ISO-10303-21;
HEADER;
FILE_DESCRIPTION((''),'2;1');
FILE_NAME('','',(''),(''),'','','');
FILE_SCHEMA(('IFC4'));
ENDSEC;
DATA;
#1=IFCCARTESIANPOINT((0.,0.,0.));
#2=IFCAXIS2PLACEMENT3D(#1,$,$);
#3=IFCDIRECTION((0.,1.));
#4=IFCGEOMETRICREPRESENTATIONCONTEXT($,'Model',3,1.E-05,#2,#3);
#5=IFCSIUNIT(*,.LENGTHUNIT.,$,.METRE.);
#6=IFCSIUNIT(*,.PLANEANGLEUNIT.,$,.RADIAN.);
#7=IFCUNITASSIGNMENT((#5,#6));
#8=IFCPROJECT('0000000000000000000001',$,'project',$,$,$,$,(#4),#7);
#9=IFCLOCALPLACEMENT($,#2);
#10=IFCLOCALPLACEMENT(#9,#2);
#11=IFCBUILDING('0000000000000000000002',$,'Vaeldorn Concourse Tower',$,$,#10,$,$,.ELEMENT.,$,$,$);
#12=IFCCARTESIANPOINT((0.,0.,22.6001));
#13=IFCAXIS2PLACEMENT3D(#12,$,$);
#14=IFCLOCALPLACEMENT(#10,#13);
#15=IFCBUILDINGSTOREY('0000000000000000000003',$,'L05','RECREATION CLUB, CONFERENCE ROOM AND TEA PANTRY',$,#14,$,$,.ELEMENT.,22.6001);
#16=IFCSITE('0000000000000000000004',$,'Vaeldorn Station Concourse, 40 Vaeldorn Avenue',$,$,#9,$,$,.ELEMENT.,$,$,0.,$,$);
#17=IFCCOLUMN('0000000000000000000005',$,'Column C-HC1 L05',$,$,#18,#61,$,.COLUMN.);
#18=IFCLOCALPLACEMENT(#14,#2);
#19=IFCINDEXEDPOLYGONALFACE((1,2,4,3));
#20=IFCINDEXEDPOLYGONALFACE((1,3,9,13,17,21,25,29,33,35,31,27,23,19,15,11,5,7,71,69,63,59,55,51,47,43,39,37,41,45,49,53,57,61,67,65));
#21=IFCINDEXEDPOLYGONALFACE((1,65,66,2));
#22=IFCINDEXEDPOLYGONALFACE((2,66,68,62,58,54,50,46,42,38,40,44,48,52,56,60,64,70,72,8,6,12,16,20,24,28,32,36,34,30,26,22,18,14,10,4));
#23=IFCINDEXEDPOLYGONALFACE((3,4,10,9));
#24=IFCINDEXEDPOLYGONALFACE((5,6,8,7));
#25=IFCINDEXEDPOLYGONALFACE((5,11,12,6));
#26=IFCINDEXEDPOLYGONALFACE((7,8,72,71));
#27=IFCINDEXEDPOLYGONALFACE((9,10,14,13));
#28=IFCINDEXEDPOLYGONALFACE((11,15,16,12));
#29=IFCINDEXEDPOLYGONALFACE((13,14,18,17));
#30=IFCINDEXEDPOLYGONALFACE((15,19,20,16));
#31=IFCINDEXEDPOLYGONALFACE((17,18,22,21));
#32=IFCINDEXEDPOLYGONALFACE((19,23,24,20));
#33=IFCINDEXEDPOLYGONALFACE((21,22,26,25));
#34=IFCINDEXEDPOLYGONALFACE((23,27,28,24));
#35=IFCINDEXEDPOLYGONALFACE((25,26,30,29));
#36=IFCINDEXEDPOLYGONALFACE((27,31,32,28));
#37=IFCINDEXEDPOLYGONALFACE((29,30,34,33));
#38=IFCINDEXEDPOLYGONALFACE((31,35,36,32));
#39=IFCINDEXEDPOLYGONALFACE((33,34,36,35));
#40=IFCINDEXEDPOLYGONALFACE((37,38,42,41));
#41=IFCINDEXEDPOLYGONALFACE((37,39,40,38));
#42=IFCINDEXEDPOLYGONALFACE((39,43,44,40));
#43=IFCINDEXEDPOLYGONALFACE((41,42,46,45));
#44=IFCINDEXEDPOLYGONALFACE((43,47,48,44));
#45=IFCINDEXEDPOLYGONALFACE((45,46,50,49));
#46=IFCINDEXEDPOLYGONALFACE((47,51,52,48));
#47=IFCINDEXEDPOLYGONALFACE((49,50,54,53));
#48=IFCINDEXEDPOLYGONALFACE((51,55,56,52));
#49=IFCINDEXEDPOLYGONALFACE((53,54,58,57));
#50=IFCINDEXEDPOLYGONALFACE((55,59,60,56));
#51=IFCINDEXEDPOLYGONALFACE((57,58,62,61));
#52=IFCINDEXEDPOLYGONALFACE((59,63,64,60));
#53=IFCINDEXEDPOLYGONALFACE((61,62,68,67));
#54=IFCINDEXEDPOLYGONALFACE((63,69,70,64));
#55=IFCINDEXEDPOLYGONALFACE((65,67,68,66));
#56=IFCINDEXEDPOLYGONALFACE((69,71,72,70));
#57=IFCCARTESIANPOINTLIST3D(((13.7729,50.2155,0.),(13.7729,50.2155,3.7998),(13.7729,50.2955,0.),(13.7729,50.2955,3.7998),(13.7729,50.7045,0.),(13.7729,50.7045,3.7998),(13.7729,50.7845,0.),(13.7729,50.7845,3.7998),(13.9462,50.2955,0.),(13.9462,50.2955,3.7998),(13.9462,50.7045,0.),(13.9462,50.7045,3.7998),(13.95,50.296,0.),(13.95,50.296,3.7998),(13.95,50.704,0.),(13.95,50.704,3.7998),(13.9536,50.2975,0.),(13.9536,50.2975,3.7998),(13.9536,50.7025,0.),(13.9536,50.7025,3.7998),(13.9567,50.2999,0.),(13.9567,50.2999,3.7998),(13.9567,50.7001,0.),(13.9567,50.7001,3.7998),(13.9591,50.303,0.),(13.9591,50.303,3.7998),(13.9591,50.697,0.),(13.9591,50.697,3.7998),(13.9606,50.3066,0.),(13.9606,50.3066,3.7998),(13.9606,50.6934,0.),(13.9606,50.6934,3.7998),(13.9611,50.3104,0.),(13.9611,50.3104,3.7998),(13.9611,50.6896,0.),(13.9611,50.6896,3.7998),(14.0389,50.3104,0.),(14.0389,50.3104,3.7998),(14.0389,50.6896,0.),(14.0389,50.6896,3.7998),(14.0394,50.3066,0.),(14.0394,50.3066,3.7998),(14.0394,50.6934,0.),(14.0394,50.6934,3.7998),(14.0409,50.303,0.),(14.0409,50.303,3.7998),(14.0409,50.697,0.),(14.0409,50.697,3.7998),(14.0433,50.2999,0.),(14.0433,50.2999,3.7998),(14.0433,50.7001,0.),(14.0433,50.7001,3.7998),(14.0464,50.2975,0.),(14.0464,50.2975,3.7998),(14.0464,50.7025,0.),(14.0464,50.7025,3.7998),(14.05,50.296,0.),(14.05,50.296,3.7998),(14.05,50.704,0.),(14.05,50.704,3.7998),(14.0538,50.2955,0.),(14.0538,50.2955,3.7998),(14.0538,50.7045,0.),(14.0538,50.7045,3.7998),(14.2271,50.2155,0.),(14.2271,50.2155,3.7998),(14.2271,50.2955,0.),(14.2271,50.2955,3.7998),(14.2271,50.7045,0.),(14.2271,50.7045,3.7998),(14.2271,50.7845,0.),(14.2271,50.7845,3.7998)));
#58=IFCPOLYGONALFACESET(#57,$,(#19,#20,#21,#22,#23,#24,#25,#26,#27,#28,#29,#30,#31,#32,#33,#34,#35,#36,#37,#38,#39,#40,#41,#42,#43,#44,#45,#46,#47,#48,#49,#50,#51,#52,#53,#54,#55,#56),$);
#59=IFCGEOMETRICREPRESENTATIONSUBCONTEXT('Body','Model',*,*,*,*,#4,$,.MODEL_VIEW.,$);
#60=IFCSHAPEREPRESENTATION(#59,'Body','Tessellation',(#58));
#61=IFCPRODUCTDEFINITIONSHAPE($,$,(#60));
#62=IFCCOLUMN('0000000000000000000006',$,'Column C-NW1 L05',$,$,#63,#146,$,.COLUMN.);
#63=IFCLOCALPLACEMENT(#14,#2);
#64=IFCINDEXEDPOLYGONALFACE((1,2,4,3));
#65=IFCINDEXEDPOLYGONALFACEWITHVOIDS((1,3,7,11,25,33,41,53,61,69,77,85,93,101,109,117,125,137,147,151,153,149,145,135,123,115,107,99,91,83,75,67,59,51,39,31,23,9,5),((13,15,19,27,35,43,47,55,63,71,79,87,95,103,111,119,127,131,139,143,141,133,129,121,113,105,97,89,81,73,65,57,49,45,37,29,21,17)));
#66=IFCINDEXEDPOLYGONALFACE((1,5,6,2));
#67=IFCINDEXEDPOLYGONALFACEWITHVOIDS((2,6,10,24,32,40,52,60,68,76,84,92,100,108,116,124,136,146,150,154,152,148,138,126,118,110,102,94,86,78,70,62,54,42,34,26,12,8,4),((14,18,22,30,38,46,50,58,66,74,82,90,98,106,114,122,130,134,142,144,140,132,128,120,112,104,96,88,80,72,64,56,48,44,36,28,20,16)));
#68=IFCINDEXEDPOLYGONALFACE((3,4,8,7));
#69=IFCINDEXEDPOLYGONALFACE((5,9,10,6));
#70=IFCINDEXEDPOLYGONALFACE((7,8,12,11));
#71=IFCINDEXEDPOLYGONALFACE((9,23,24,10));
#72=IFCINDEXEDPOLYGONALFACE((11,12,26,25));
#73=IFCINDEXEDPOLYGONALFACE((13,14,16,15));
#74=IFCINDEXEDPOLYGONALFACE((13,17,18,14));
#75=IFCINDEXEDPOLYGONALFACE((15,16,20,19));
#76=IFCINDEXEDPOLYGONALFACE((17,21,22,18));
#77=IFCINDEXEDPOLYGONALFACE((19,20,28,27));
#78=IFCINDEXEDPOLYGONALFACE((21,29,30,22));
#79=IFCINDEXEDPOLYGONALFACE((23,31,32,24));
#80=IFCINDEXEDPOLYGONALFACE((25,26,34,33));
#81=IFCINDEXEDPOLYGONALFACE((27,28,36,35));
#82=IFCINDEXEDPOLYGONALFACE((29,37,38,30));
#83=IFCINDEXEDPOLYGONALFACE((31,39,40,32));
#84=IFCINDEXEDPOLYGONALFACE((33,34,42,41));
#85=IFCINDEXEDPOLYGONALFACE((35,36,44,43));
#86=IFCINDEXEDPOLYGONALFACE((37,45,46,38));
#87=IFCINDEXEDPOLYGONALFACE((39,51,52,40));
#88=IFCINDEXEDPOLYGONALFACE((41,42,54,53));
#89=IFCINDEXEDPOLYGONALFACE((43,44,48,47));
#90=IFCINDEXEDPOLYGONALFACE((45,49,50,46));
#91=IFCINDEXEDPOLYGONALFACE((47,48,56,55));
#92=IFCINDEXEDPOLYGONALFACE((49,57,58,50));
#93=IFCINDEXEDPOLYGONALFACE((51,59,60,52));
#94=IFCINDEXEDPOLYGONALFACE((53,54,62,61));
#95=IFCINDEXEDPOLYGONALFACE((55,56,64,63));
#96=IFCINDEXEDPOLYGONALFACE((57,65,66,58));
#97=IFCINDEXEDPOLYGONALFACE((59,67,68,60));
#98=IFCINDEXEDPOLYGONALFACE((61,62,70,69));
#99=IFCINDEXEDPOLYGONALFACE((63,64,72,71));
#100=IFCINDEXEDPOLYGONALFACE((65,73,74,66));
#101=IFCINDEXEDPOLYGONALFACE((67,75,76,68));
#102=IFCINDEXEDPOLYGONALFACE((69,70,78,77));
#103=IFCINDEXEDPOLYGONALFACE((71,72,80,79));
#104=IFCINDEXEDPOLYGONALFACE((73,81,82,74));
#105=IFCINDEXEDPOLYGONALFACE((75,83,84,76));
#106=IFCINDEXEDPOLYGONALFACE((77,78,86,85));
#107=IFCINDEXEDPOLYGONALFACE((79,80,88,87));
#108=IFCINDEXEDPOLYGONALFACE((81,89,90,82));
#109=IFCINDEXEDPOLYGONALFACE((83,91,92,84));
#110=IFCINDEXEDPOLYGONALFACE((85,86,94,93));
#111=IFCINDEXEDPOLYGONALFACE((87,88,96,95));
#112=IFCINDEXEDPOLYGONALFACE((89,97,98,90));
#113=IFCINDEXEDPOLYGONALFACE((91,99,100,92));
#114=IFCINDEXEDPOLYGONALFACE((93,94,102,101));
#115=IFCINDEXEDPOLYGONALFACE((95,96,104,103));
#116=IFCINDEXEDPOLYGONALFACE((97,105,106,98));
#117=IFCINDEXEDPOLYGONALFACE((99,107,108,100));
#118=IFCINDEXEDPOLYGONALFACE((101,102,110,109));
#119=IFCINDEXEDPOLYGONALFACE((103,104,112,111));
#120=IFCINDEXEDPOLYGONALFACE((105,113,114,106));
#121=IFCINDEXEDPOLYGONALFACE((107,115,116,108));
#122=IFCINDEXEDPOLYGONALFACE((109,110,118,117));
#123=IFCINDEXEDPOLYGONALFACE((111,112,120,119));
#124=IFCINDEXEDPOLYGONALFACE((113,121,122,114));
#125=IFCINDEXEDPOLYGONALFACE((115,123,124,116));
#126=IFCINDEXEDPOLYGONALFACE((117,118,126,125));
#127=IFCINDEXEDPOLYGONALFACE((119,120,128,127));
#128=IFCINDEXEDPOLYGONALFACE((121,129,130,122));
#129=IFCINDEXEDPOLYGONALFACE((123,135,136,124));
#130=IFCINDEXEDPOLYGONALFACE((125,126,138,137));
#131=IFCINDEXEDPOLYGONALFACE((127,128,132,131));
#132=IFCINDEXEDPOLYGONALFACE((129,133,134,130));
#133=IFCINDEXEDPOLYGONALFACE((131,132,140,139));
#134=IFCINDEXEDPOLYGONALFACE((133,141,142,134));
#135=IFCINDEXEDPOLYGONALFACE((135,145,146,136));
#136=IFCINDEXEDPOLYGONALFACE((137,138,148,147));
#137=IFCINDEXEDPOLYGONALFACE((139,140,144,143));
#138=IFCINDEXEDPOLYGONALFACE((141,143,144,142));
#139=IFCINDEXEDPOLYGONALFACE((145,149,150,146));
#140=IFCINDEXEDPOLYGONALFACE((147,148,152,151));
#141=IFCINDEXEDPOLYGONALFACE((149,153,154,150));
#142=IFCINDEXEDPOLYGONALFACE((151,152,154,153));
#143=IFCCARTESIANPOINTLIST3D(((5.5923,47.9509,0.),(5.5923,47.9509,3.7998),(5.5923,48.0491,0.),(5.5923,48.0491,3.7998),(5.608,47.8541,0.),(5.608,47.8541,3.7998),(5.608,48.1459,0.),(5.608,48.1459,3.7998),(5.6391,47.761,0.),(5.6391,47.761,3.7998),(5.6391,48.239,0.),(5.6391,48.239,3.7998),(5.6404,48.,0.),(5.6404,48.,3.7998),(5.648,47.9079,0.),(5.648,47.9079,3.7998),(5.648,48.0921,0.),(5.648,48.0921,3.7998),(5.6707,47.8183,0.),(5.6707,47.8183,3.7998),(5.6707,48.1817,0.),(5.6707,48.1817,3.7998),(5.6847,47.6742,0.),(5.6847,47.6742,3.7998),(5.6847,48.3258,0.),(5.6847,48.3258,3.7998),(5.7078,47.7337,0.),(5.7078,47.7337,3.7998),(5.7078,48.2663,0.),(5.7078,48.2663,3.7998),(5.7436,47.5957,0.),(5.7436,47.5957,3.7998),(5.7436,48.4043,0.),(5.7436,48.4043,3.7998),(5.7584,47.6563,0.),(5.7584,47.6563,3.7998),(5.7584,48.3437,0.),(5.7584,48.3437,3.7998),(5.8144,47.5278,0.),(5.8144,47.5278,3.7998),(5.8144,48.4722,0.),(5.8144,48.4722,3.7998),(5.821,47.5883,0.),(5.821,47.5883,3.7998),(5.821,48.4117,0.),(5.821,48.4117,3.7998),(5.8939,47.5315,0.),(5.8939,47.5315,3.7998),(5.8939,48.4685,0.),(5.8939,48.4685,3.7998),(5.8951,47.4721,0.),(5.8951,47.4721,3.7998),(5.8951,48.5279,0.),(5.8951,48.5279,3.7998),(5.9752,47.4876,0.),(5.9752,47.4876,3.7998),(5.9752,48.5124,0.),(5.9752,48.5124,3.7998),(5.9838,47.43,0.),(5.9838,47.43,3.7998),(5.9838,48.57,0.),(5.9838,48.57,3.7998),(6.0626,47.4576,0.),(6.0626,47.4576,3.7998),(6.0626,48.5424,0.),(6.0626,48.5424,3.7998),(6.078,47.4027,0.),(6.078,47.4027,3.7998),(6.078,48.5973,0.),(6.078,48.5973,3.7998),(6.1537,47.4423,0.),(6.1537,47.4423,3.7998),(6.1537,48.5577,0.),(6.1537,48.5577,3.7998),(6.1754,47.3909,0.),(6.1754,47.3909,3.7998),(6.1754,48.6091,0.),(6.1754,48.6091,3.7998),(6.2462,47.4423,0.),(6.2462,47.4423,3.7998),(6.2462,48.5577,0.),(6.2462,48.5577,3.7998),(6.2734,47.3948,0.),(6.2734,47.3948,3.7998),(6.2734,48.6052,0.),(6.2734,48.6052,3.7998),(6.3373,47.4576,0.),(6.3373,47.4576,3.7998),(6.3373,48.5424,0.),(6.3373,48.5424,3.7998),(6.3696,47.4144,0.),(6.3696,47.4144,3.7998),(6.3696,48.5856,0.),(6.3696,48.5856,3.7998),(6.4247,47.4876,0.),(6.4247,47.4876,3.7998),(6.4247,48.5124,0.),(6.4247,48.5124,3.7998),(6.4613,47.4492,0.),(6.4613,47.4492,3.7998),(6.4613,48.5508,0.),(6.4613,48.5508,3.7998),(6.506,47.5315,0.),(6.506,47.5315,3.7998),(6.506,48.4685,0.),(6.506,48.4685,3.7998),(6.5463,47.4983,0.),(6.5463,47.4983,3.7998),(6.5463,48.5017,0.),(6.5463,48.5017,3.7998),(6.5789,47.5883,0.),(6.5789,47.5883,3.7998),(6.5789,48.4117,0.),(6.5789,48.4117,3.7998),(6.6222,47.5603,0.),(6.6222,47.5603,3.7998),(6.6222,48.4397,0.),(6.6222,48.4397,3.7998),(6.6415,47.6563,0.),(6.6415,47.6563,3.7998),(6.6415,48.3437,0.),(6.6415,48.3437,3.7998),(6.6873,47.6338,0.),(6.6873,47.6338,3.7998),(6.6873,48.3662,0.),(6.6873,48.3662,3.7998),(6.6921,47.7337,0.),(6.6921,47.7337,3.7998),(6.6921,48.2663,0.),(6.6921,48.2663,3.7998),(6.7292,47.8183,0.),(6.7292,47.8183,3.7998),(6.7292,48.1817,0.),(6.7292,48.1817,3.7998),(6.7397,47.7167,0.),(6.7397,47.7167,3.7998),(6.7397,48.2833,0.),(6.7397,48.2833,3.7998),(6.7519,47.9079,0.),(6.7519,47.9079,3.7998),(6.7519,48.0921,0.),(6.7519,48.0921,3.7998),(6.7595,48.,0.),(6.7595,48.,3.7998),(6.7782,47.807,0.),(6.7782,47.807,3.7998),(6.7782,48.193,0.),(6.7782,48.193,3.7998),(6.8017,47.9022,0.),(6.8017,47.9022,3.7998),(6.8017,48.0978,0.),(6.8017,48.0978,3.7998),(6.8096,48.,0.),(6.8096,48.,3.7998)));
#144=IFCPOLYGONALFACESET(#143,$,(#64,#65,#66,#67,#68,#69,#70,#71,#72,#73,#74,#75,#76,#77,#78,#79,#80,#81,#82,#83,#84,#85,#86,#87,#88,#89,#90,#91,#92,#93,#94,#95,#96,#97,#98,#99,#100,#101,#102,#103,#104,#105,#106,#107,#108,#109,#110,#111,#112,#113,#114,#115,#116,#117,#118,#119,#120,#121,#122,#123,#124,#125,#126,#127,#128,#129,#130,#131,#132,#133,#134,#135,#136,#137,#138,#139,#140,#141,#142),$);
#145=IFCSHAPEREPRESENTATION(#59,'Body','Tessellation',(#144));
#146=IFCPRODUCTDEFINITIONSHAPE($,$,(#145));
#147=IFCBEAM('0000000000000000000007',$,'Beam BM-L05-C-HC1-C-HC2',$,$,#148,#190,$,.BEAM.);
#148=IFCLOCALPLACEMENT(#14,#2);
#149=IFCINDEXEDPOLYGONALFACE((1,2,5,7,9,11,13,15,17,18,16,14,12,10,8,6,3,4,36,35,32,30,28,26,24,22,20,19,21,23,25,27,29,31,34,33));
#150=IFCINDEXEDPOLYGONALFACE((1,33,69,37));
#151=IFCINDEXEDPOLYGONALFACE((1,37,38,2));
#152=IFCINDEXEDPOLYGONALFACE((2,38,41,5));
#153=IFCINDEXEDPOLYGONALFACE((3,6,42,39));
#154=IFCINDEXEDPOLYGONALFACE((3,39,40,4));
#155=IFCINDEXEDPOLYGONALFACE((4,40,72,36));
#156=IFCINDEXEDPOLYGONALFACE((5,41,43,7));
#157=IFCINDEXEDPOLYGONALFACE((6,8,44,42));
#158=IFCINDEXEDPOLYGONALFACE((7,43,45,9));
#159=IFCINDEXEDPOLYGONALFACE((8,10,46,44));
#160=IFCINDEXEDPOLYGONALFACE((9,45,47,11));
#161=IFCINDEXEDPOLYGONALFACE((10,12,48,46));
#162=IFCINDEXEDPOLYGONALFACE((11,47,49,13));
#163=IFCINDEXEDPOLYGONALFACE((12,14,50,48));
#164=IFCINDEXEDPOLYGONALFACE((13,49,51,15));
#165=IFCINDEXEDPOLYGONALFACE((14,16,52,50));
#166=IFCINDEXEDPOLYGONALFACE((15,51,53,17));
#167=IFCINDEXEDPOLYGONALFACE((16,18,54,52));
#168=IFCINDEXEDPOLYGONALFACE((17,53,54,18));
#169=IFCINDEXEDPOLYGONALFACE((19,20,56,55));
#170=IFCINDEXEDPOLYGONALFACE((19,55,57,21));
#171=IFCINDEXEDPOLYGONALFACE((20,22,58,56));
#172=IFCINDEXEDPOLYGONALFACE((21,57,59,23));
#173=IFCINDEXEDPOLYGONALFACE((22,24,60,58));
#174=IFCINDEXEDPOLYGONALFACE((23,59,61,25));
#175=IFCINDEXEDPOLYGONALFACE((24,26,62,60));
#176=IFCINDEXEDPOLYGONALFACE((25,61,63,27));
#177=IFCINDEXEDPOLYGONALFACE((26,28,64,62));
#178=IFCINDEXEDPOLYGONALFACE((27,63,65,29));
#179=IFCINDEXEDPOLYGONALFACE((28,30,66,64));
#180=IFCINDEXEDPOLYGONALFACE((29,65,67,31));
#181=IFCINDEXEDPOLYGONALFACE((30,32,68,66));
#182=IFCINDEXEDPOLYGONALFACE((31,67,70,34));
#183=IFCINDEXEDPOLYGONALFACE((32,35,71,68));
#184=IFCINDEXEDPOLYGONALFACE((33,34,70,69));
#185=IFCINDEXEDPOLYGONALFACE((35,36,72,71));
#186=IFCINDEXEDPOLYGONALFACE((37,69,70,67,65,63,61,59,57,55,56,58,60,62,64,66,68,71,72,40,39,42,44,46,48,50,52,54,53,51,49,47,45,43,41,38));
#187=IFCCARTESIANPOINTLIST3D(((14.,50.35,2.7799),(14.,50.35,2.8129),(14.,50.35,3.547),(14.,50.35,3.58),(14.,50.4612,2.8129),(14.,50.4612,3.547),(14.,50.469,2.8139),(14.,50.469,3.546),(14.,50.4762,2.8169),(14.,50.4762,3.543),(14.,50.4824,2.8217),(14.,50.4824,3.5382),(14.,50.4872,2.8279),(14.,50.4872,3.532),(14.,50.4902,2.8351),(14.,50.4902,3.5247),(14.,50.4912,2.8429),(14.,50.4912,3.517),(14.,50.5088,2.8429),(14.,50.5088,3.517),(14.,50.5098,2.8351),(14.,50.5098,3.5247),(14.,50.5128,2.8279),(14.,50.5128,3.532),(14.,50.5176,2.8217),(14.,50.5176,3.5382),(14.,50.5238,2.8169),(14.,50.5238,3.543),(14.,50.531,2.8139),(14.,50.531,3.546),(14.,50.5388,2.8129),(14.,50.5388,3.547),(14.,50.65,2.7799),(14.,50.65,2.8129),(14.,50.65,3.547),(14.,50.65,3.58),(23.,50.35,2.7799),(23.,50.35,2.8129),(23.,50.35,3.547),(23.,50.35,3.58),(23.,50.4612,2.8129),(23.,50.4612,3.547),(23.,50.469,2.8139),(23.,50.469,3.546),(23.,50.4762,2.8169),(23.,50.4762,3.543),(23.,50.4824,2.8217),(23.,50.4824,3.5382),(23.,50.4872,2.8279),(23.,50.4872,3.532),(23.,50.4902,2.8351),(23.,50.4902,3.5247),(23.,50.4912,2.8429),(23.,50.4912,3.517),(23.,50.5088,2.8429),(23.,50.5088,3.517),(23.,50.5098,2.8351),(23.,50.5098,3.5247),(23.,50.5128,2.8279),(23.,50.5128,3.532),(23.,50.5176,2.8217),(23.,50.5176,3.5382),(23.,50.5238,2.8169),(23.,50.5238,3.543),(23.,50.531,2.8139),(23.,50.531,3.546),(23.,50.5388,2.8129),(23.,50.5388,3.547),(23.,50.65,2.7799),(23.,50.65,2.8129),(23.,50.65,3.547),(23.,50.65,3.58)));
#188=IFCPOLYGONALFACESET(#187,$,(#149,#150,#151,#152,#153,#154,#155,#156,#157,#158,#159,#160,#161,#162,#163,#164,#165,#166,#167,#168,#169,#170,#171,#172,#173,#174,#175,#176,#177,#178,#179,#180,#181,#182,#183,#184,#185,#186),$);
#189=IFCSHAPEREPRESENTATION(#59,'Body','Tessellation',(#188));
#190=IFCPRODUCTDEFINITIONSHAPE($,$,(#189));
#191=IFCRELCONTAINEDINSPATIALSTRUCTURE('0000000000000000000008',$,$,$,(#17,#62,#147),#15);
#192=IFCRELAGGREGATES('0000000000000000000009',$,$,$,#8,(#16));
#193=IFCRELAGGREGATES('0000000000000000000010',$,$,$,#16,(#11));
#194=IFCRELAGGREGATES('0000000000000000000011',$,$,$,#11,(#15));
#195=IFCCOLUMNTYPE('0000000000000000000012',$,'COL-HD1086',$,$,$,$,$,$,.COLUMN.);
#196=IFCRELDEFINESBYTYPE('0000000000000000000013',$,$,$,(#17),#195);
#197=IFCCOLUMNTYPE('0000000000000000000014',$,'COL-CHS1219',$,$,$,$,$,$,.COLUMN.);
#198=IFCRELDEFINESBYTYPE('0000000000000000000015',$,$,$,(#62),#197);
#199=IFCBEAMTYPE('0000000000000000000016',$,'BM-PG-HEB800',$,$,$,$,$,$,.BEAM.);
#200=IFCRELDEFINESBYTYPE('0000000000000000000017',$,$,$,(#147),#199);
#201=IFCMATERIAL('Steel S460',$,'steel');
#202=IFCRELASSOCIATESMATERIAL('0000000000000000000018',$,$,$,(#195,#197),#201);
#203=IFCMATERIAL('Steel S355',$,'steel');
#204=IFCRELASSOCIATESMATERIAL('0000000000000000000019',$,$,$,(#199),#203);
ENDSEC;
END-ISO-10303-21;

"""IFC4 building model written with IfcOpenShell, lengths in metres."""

from ifc_helpers import new_model, si_unit, direction, frame, origin, origin_2d, place, context, subcontext, project, spatial, hollow_circle, i_section, extrude, source, transform, mapped, material, material_profile, profile_set, type_object, element, save


model = new_model("IFC4")

# Units and contexts
model_context = context("Model", 3, precision=1e-05, world=origin(), true_north=direction((0.0, 1.0)))
body_context = subcontext(model_context, "Body", "Model", "MODEL_VIEW")
ifc_project = project(units=[si_unit("LENGTHUNIT", "METRE"), si_unit("PLANEANGLEUNIT", "RADIAN")], contexts=[model_context])

# Site, building, storey
site_placement = place(None, origin())
site = spatial("IfcSite", under=ifc_project, at=site_placement, Name="Vaeldorn Station Concourse, 40 Vaeldorn Avenue", CompositionType="ELEMENT", RefElevation=0.0)
building_placement = place(site_placement, origin())
building = spatial("IfcBuilding", under=site, at=building_placement, Name="Vaeldorn Concourse Tower", CompositionType="ELEMENT")
storey_placement = place(building_placement, frame((0.0, 0.0, 22.6001)))
storey = spatial("IfcBuildingStorey", under=building, at=storey_placement, Name="L05", Description="RECREATION CLUB, CONFERENCE ROOM AND TEA PANTRY", CompositionType="ELEMENT", Elevation=22.6001)

# Columns
ifc_material_1 = material(Name="Steel S460", Category="steel")
ifc_material_profile_1 = material_profile(ifc_material_1, i_section(OverallWidth=0.4541, OverallDepth=0.5691, WebThickness=0.0779, FlangeThickness=0.0801, FilletRadius=0.0149, at=origin_2d()), Name="HD 400x1086")
ifc_profile_set_1 = profile_set([ifc_material_profile_1], Name="Steel S460")
column_type_1 = type_object("IfcColumnType", Name="COL-HD1086", PredefinedType="COLUMN", material=ifc_profile_set_1)
shared_shape_1 = source(origin(), body_context, "Body", "SweptSolid", [
    extrude(i_section(OverallWidth=0.4541, OverallDepth=0.5691, WebThickness=0.0779, FlangeThickness=0.0801, FilletRadius=0.0149, at=origin_2d()), origin(), (0.0, 0.0, 1.0), 3.7998),
])
column_1_placement = place(storey_placement, frame((14.0, 50.5, 0.0), z_axis=(0.0, 0.0, 1.0), x_axis=(1.0, 0.0, 0.0)))
element("IfcColumn", 1, at=column_1_placement, inside=storey, type_object=column_type_1, Name="Column C-HC1 L05", PredefinedType="COLUMN", context=body_context, shape_type="MappedRepresentation", body=[
    mapped(shared_shape_1, transform((0.0, 0.0, 0.0), scale=1.0)),
])
ifc_material_profile_2 = material_profile(ifc_material_1, hollow_circle(Radius=0.6096, WallThickness=0.05, at=origin_2d()), Name="CHS 1219x50")
ifc_profile_set_2 = profile_set([ifc_material_profile_2], Name="Steel S460")
column_type_2 = type_object("IfcColumnType", Name="COL-CHS1219", PredefinedType="COLUMN", material=ifc_profile_set_2)
shared_shape_2 = source(origin(), body_context, "Body", "SweptSolid", [
    extrude(hollow_circle(Radius=0.6096, WallThickness=0.05, at=origin_2d()), origin(), (0.0, 0.0, 1.0), 3.7998),
])
column_2_placement = place(storey_placement, frame((6.2, 48.0, 0.0), z_axis=(0.0, 0.0, 1.0), x_axis=(1.0, 0.0, 0.0)))
element("IfcColumn", 2, at=column_2_placement, inside=storey, type_object=column_type_2, Name="Column C-NW1 L05", PredefinedType="COLUMN", context=body_context, shape_type="MappedRepresentation", body=[
    mapped(shared_shape_2, transform((0.0, 0.0, 0.0), scale=1.0)),
])

# Beam
ifc_material_2 = material(Name="Steel S355", Category="steel")
ifc_material_profile_3 = material_profile(ifc_material_2, i_section(OverallWidth=0.3, OverallDepth=0.8, WebThickness=0.0176, FlangeThickness=0.033, FilletRadius=0.03, at=origin_2d()), Name="HEB 800")
ifc_profile_set_3 = profile_set([ifc_material_profile_3], Name="Steel S355")
beam_type_1 = type_object("IfcBeamType", Name="BM-PG-HEB800", PredefinedType="BEAM", material=ifc_profile_set_3)
shared_shape_3 = source(origin(), body_context, "Body", "SweptSolid", [
    extrude(i_section(OverallWidth=0.3, OverallDepth=0.8, WebThickness=0.0176, FlangeThickness=0.033, FilletRadius=0.03, at=origin_2d()), origin(), (0.0, 0.0, 1.0), 9.0),
])
beam_1_placement = place(storey_placement, frame((14.0, 50.5, 3.1799), z_axis=(1.0, 0.0, 0.0), x_axis=(0.0, 1.0, 0.0)))
element("IfcBeam", 3, at=beam_1_placement, inside=storey, type_object=beam_type_1, Name="Beam BM-L05-C-HC1-C-HC2", PredefinedType="BEAM", context=body_context, shape_type="MappedRepresentation", body=[
    mapped(shared_shape_3, transform((0.0, 0.0, 0.0), scale=1.0)),
])

save(model, "model.ifc")
